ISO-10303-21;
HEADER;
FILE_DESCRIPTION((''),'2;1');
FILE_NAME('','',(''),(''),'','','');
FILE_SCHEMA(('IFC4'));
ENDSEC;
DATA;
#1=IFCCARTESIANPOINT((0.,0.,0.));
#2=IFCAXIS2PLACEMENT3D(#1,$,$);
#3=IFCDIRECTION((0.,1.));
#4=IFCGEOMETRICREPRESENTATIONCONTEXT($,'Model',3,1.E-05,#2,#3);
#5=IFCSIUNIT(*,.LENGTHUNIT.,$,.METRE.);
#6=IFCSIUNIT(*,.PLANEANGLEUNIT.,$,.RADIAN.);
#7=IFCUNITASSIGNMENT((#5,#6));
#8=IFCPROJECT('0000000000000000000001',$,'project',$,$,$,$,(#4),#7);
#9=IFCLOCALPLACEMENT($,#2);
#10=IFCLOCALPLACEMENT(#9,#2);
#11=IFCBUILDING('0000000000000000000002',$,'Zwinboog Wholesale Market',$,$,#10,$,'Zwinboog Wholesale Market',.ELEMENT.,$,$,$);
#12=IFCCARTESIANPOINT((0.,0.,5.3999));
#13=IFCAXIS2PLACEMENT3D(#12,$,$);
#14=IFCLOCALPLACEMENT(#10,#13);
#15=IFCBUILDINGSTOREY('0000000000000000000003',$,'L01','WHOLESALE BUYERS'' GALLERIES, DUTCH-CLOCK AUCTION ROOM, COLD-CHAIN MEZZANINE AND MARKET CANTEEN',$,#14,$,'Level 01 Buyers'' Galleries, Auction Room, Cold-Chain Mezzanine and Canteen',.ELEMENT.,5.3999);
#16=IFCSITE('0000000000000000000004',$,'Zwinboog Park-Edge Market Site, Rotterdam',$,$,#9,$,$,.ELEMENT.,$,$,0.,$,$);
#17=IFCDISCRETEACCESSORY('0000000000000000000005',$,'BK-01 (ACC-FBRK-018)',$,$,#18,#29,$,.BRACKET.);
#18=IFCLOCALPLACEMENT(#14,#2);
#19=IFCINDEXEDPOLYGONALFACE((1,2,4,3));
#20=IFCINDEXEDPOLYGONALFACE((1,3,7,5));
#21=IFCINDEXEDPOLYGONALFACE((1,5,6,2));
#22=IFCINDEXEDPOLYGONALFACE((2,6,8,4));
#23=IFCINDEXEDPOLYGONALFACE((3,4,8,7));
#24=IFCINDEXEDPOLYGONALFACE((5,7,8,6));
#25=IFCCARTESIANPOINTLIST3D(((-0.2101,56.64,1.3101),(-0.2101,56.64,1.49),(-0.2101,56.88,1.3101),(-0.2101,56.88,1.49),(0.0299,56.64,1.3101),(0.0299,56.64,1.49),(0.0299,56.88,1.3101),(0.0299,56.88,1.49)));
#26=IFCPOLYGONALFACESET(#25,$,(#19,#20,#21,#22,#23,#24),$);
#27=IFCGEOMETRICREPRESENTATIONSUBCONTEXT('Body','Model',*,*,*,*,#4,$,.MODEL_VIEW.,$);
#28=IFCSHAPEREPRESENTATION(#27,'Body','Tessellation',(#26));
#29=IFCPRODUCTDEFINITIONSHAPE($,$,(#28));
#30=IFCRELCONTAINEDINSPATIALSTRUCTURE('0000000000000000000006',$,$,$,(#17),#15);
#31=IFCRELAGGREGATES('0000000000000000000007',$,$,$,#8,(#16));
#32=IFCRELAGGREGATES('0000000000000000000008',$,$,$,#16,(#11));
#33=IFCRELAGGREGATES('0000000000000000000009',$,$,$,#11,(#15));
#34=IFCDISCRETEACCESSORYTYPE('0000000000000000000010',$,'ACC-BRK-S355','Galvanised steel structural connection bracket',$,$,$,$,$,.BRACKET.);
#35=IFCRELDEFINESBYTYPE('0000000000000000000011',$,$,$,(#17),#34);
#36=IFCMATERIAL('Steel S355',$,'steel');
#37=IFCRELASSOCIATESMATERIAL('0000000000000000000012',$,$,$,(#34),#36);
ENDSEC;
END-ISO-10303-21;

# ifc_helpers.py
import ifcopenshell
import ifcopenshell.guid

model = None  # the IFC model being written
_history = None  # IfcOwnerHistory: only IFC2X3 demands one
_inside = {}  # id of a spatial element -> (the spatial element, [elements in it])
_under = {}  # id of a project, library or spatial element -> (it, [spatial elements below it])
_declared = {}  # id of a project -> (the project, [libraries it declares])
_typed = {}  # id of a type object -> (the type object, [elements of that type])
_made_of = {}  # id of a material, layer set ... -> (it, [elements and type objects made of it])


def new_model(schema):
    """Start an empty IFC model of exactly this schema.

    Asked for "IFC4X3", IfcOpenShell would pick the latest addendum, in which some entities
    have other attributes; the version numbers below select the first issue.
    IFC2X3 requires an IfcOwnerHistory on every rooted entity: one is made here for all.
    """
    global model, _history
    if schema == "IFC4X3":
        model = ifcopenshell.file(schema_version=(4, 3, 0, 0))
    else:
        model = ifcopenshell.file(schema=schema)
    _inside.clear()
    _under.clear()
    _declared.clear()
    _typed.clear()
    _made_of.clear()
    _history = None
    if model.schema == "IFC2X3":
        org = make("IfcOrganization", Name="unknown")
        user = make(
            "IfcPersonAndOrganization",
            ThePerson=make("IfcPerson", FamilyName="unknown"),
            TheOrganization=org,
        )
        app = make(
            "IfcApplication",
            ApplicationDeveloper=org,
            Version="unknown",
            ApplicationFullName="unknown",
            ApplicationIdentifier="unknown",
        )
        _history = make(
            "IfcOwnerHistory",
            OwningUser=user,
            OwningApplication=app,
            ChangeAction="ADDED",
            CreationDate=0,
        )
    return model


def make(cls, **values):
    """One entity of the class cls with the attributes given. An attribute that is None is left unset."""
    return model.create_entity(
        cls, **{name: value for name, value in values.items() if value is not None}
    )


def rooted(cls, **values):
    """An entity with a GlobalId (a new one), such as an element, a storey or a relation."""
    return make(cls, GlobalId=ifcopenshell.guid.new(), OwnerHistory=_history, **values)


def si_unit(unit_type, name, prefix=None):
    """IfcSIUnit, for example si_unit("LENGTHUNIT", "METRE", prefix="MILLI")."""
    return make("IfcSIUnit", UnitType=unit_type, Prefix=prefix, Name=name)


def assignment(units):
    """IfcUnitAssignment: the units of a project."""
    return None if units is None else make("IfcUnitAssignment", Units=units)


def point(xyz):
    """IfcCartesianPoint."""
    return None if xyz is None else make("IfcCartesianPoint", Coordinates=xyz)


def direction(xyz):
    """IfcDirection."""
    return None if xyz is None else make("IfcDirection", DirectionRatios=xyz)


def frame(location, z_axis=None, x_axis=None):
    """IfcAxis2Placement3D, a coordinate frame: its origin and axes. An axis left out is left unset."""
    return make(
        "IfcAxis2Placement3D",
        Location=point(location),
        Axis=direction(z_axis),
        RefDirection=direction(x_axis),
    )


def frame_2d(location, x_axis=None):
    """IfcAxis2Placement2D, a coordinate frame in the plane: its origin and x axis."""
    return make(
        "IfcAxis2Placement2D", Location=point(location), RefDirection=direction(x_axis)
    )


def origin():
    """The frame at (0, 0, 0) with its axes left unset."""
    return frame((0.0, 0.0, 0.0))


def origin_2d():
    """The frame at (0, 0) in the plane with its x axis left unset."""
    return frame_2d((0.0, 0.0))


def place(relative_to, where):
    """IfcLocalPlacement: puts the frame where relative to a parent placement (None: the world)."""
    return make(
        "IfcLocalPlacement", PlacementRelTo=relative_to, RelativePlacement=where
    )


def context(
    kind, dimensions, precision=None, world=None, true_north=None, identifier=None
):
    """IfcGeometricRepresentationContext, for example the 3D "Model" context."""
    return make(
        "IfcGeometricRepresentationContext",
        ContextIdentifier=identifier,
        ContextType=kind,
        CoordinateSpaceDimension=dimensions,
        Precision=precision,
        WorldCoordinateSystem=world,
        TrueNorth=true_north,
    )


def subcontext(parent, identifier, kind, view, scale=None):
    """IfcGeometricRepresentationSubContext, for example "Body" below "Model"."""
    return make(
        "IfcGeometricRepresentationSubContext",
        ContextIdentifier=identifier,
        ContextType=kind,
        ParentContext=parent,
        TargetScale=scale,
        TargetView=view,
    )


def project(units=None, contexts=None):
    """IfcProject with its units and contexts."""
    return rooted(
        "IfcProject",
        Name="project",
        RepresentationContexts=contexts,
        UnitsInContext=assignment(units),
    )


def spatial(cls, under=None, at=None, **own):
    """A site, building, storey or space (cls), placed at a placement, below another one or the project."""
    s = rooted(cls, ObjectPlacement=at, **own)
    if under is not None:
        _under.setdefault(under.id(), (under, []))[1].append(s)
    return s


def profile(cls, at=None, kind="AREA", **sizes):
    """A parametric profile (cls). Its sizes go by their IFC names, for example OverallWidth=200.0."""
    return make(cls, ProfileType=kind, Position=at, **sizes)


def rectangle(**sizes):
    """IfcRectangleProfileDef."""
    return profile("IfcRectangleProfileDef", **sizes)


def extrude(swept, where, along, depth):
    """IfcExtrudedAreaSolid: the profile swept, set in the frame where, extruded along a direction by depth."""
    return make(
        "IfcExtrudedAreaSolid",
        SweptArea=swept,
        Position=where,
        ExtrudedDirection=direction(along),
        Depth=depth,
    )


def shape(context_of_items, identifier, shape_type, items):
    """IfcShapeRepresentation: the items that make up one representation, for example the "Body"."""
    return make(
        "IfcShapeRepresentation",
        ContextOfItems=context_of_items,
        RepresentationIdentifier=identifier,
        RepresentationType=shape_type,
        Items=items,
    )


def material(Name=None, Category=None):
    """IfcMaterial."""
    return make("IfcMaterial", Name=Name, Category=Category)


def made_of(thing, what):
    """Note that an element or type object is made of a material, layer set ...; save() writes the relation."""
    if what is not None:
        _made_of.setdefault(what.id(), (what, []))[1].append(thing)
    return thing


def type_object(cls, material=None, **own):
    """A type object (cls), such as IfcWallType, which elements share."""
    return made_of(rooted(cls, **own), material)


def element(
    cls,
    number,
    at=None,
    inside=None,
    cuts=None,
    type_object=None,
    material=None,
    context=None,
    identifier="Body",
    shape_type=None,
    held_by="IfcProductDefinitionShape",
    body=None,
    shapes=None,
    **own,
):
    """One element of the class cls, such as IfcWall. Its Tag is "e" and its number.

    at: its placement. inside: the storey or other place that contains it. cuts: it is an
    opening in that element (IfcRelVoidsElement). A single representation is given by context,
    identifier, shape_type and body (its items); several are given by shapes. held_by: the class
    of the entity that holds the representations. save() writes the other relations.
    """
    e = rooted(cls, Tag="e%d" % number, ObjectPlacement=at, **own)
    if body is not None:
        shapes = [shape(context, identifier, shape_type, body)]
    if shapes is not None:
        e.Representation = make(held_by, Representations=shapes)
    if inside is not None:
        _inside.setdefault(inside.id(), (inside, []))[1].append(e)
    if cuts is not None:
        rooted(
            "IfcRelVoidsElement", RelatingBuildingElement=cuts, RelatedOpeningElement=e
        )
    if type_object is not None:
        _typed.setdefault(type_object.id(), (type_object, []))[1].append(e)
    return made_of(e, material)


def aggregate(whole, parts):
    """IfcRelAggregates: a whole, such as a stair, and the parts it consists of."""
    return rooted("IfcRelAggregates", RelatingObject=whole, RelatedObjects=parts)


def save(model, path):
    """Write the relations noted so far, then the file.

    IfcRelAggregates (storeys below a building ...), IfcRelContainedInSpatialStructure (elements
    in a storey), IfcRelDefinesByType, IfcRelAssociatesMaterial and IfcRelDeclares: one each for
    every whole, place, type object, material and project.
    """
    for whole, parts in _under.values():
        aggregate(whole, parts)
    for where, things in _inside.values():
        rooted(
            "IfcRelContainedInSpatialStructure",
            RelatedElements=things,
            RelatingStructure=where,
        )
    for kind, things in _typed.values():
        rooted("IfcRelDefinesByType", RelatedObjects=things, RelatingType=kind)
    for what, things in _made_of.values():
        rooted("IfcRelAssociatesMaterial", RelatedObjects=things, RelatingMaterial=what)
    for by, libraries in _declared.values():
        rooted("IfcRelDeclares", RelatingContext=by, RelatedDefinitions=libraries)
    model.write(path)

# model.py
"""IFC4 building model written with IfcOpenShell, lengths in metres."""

from ifc_helpers import new_model, si_unit, direction, frame, origin, origin_2d, place, context, subcontext, project, spatial, rectangle, extrude, material, type_object, element, save


model = new_model("IFC4")

# Units and contexts
model_context = context("Model", 3, precision=1e-05, world=origin(), true_north=direction((0.0, 1.0)))
body_context = subcontext(model_context, "Body", "Model", "MODEL_VIEW")
ifc_project = project(units=[si_unit("LENGTHUNIT", "METRE"), si_unit("PLANEANGLEUNIT", "RADIAN")], contexts=[model_context])

# Site, building, storey
site_placement = place(None, origin())
site = spatial("IfcSite", under=ifc_project, at=site_placement, Name="Zwinboog Park-Edge Market Site, Rotterdam", CompositionType="ELEMENT", RefElevation=0.0)
building_placement = place(site_placement, origin())
building = spatial("IfcBuilding", under=site, at=building_placement, Name="Zwinboog Wholesale Market", LongName="Zwinboog Wholesale Market", CompositionType="ELEMENT")
storey_placement = place(building_placement, frame((0.0, 0.0, 5.3999)))
storey = spatial("IfcBuildingStorey", under=building, at=storey_placement, Name="L01", Description="WHOLESALE BUYERS' GALLERIES, DUTCH-CLOCK AUCTION ROOM, COLD-CHAIN MEZZANINE AND MARKET CANTEEN", LongName="Level 01 Buyers' Galleries, Auction Room, Cold-Chain Mezzanine and Canteen", CompositionType="ELEMENT", Elevation=5.3999)

# Shared definitions
ifc_material_1 = material(Name="Steel S355", Category="steel")

# Discrete accessory
discrete_accessory_type = type_object("IfcDiscreteAccessoryType", Name="ACC-BRK-S355", Description="Galvanised steel structural connection bracket", PredefinedType="BRACKET", material=ifc_material_1)
discrete_accessory_placement = place(storey_placement, frame((-0.0901, 56.76, 1.3101), z_axis=(0.0, 0.0, 1.0), x_axis=(1.0, 0.0, 0.0)))
element("IfcDiscreteAccessory", 1, at=discrete_accessory_placement, inside=storey, type_object=discrete_accessory_type, Name="BK-01 (ACC-FBRK-018)", PredefinedType="BRACKET", context=body_context, shape_type="SweptSolid", body=[
    extrude(rectangle(XDim=0.24, YDim=0.24, at=origin_2d()), origin(), (0.0, 0.0, 1.0), 0.1799),
])

save(model, "model.ifc")
